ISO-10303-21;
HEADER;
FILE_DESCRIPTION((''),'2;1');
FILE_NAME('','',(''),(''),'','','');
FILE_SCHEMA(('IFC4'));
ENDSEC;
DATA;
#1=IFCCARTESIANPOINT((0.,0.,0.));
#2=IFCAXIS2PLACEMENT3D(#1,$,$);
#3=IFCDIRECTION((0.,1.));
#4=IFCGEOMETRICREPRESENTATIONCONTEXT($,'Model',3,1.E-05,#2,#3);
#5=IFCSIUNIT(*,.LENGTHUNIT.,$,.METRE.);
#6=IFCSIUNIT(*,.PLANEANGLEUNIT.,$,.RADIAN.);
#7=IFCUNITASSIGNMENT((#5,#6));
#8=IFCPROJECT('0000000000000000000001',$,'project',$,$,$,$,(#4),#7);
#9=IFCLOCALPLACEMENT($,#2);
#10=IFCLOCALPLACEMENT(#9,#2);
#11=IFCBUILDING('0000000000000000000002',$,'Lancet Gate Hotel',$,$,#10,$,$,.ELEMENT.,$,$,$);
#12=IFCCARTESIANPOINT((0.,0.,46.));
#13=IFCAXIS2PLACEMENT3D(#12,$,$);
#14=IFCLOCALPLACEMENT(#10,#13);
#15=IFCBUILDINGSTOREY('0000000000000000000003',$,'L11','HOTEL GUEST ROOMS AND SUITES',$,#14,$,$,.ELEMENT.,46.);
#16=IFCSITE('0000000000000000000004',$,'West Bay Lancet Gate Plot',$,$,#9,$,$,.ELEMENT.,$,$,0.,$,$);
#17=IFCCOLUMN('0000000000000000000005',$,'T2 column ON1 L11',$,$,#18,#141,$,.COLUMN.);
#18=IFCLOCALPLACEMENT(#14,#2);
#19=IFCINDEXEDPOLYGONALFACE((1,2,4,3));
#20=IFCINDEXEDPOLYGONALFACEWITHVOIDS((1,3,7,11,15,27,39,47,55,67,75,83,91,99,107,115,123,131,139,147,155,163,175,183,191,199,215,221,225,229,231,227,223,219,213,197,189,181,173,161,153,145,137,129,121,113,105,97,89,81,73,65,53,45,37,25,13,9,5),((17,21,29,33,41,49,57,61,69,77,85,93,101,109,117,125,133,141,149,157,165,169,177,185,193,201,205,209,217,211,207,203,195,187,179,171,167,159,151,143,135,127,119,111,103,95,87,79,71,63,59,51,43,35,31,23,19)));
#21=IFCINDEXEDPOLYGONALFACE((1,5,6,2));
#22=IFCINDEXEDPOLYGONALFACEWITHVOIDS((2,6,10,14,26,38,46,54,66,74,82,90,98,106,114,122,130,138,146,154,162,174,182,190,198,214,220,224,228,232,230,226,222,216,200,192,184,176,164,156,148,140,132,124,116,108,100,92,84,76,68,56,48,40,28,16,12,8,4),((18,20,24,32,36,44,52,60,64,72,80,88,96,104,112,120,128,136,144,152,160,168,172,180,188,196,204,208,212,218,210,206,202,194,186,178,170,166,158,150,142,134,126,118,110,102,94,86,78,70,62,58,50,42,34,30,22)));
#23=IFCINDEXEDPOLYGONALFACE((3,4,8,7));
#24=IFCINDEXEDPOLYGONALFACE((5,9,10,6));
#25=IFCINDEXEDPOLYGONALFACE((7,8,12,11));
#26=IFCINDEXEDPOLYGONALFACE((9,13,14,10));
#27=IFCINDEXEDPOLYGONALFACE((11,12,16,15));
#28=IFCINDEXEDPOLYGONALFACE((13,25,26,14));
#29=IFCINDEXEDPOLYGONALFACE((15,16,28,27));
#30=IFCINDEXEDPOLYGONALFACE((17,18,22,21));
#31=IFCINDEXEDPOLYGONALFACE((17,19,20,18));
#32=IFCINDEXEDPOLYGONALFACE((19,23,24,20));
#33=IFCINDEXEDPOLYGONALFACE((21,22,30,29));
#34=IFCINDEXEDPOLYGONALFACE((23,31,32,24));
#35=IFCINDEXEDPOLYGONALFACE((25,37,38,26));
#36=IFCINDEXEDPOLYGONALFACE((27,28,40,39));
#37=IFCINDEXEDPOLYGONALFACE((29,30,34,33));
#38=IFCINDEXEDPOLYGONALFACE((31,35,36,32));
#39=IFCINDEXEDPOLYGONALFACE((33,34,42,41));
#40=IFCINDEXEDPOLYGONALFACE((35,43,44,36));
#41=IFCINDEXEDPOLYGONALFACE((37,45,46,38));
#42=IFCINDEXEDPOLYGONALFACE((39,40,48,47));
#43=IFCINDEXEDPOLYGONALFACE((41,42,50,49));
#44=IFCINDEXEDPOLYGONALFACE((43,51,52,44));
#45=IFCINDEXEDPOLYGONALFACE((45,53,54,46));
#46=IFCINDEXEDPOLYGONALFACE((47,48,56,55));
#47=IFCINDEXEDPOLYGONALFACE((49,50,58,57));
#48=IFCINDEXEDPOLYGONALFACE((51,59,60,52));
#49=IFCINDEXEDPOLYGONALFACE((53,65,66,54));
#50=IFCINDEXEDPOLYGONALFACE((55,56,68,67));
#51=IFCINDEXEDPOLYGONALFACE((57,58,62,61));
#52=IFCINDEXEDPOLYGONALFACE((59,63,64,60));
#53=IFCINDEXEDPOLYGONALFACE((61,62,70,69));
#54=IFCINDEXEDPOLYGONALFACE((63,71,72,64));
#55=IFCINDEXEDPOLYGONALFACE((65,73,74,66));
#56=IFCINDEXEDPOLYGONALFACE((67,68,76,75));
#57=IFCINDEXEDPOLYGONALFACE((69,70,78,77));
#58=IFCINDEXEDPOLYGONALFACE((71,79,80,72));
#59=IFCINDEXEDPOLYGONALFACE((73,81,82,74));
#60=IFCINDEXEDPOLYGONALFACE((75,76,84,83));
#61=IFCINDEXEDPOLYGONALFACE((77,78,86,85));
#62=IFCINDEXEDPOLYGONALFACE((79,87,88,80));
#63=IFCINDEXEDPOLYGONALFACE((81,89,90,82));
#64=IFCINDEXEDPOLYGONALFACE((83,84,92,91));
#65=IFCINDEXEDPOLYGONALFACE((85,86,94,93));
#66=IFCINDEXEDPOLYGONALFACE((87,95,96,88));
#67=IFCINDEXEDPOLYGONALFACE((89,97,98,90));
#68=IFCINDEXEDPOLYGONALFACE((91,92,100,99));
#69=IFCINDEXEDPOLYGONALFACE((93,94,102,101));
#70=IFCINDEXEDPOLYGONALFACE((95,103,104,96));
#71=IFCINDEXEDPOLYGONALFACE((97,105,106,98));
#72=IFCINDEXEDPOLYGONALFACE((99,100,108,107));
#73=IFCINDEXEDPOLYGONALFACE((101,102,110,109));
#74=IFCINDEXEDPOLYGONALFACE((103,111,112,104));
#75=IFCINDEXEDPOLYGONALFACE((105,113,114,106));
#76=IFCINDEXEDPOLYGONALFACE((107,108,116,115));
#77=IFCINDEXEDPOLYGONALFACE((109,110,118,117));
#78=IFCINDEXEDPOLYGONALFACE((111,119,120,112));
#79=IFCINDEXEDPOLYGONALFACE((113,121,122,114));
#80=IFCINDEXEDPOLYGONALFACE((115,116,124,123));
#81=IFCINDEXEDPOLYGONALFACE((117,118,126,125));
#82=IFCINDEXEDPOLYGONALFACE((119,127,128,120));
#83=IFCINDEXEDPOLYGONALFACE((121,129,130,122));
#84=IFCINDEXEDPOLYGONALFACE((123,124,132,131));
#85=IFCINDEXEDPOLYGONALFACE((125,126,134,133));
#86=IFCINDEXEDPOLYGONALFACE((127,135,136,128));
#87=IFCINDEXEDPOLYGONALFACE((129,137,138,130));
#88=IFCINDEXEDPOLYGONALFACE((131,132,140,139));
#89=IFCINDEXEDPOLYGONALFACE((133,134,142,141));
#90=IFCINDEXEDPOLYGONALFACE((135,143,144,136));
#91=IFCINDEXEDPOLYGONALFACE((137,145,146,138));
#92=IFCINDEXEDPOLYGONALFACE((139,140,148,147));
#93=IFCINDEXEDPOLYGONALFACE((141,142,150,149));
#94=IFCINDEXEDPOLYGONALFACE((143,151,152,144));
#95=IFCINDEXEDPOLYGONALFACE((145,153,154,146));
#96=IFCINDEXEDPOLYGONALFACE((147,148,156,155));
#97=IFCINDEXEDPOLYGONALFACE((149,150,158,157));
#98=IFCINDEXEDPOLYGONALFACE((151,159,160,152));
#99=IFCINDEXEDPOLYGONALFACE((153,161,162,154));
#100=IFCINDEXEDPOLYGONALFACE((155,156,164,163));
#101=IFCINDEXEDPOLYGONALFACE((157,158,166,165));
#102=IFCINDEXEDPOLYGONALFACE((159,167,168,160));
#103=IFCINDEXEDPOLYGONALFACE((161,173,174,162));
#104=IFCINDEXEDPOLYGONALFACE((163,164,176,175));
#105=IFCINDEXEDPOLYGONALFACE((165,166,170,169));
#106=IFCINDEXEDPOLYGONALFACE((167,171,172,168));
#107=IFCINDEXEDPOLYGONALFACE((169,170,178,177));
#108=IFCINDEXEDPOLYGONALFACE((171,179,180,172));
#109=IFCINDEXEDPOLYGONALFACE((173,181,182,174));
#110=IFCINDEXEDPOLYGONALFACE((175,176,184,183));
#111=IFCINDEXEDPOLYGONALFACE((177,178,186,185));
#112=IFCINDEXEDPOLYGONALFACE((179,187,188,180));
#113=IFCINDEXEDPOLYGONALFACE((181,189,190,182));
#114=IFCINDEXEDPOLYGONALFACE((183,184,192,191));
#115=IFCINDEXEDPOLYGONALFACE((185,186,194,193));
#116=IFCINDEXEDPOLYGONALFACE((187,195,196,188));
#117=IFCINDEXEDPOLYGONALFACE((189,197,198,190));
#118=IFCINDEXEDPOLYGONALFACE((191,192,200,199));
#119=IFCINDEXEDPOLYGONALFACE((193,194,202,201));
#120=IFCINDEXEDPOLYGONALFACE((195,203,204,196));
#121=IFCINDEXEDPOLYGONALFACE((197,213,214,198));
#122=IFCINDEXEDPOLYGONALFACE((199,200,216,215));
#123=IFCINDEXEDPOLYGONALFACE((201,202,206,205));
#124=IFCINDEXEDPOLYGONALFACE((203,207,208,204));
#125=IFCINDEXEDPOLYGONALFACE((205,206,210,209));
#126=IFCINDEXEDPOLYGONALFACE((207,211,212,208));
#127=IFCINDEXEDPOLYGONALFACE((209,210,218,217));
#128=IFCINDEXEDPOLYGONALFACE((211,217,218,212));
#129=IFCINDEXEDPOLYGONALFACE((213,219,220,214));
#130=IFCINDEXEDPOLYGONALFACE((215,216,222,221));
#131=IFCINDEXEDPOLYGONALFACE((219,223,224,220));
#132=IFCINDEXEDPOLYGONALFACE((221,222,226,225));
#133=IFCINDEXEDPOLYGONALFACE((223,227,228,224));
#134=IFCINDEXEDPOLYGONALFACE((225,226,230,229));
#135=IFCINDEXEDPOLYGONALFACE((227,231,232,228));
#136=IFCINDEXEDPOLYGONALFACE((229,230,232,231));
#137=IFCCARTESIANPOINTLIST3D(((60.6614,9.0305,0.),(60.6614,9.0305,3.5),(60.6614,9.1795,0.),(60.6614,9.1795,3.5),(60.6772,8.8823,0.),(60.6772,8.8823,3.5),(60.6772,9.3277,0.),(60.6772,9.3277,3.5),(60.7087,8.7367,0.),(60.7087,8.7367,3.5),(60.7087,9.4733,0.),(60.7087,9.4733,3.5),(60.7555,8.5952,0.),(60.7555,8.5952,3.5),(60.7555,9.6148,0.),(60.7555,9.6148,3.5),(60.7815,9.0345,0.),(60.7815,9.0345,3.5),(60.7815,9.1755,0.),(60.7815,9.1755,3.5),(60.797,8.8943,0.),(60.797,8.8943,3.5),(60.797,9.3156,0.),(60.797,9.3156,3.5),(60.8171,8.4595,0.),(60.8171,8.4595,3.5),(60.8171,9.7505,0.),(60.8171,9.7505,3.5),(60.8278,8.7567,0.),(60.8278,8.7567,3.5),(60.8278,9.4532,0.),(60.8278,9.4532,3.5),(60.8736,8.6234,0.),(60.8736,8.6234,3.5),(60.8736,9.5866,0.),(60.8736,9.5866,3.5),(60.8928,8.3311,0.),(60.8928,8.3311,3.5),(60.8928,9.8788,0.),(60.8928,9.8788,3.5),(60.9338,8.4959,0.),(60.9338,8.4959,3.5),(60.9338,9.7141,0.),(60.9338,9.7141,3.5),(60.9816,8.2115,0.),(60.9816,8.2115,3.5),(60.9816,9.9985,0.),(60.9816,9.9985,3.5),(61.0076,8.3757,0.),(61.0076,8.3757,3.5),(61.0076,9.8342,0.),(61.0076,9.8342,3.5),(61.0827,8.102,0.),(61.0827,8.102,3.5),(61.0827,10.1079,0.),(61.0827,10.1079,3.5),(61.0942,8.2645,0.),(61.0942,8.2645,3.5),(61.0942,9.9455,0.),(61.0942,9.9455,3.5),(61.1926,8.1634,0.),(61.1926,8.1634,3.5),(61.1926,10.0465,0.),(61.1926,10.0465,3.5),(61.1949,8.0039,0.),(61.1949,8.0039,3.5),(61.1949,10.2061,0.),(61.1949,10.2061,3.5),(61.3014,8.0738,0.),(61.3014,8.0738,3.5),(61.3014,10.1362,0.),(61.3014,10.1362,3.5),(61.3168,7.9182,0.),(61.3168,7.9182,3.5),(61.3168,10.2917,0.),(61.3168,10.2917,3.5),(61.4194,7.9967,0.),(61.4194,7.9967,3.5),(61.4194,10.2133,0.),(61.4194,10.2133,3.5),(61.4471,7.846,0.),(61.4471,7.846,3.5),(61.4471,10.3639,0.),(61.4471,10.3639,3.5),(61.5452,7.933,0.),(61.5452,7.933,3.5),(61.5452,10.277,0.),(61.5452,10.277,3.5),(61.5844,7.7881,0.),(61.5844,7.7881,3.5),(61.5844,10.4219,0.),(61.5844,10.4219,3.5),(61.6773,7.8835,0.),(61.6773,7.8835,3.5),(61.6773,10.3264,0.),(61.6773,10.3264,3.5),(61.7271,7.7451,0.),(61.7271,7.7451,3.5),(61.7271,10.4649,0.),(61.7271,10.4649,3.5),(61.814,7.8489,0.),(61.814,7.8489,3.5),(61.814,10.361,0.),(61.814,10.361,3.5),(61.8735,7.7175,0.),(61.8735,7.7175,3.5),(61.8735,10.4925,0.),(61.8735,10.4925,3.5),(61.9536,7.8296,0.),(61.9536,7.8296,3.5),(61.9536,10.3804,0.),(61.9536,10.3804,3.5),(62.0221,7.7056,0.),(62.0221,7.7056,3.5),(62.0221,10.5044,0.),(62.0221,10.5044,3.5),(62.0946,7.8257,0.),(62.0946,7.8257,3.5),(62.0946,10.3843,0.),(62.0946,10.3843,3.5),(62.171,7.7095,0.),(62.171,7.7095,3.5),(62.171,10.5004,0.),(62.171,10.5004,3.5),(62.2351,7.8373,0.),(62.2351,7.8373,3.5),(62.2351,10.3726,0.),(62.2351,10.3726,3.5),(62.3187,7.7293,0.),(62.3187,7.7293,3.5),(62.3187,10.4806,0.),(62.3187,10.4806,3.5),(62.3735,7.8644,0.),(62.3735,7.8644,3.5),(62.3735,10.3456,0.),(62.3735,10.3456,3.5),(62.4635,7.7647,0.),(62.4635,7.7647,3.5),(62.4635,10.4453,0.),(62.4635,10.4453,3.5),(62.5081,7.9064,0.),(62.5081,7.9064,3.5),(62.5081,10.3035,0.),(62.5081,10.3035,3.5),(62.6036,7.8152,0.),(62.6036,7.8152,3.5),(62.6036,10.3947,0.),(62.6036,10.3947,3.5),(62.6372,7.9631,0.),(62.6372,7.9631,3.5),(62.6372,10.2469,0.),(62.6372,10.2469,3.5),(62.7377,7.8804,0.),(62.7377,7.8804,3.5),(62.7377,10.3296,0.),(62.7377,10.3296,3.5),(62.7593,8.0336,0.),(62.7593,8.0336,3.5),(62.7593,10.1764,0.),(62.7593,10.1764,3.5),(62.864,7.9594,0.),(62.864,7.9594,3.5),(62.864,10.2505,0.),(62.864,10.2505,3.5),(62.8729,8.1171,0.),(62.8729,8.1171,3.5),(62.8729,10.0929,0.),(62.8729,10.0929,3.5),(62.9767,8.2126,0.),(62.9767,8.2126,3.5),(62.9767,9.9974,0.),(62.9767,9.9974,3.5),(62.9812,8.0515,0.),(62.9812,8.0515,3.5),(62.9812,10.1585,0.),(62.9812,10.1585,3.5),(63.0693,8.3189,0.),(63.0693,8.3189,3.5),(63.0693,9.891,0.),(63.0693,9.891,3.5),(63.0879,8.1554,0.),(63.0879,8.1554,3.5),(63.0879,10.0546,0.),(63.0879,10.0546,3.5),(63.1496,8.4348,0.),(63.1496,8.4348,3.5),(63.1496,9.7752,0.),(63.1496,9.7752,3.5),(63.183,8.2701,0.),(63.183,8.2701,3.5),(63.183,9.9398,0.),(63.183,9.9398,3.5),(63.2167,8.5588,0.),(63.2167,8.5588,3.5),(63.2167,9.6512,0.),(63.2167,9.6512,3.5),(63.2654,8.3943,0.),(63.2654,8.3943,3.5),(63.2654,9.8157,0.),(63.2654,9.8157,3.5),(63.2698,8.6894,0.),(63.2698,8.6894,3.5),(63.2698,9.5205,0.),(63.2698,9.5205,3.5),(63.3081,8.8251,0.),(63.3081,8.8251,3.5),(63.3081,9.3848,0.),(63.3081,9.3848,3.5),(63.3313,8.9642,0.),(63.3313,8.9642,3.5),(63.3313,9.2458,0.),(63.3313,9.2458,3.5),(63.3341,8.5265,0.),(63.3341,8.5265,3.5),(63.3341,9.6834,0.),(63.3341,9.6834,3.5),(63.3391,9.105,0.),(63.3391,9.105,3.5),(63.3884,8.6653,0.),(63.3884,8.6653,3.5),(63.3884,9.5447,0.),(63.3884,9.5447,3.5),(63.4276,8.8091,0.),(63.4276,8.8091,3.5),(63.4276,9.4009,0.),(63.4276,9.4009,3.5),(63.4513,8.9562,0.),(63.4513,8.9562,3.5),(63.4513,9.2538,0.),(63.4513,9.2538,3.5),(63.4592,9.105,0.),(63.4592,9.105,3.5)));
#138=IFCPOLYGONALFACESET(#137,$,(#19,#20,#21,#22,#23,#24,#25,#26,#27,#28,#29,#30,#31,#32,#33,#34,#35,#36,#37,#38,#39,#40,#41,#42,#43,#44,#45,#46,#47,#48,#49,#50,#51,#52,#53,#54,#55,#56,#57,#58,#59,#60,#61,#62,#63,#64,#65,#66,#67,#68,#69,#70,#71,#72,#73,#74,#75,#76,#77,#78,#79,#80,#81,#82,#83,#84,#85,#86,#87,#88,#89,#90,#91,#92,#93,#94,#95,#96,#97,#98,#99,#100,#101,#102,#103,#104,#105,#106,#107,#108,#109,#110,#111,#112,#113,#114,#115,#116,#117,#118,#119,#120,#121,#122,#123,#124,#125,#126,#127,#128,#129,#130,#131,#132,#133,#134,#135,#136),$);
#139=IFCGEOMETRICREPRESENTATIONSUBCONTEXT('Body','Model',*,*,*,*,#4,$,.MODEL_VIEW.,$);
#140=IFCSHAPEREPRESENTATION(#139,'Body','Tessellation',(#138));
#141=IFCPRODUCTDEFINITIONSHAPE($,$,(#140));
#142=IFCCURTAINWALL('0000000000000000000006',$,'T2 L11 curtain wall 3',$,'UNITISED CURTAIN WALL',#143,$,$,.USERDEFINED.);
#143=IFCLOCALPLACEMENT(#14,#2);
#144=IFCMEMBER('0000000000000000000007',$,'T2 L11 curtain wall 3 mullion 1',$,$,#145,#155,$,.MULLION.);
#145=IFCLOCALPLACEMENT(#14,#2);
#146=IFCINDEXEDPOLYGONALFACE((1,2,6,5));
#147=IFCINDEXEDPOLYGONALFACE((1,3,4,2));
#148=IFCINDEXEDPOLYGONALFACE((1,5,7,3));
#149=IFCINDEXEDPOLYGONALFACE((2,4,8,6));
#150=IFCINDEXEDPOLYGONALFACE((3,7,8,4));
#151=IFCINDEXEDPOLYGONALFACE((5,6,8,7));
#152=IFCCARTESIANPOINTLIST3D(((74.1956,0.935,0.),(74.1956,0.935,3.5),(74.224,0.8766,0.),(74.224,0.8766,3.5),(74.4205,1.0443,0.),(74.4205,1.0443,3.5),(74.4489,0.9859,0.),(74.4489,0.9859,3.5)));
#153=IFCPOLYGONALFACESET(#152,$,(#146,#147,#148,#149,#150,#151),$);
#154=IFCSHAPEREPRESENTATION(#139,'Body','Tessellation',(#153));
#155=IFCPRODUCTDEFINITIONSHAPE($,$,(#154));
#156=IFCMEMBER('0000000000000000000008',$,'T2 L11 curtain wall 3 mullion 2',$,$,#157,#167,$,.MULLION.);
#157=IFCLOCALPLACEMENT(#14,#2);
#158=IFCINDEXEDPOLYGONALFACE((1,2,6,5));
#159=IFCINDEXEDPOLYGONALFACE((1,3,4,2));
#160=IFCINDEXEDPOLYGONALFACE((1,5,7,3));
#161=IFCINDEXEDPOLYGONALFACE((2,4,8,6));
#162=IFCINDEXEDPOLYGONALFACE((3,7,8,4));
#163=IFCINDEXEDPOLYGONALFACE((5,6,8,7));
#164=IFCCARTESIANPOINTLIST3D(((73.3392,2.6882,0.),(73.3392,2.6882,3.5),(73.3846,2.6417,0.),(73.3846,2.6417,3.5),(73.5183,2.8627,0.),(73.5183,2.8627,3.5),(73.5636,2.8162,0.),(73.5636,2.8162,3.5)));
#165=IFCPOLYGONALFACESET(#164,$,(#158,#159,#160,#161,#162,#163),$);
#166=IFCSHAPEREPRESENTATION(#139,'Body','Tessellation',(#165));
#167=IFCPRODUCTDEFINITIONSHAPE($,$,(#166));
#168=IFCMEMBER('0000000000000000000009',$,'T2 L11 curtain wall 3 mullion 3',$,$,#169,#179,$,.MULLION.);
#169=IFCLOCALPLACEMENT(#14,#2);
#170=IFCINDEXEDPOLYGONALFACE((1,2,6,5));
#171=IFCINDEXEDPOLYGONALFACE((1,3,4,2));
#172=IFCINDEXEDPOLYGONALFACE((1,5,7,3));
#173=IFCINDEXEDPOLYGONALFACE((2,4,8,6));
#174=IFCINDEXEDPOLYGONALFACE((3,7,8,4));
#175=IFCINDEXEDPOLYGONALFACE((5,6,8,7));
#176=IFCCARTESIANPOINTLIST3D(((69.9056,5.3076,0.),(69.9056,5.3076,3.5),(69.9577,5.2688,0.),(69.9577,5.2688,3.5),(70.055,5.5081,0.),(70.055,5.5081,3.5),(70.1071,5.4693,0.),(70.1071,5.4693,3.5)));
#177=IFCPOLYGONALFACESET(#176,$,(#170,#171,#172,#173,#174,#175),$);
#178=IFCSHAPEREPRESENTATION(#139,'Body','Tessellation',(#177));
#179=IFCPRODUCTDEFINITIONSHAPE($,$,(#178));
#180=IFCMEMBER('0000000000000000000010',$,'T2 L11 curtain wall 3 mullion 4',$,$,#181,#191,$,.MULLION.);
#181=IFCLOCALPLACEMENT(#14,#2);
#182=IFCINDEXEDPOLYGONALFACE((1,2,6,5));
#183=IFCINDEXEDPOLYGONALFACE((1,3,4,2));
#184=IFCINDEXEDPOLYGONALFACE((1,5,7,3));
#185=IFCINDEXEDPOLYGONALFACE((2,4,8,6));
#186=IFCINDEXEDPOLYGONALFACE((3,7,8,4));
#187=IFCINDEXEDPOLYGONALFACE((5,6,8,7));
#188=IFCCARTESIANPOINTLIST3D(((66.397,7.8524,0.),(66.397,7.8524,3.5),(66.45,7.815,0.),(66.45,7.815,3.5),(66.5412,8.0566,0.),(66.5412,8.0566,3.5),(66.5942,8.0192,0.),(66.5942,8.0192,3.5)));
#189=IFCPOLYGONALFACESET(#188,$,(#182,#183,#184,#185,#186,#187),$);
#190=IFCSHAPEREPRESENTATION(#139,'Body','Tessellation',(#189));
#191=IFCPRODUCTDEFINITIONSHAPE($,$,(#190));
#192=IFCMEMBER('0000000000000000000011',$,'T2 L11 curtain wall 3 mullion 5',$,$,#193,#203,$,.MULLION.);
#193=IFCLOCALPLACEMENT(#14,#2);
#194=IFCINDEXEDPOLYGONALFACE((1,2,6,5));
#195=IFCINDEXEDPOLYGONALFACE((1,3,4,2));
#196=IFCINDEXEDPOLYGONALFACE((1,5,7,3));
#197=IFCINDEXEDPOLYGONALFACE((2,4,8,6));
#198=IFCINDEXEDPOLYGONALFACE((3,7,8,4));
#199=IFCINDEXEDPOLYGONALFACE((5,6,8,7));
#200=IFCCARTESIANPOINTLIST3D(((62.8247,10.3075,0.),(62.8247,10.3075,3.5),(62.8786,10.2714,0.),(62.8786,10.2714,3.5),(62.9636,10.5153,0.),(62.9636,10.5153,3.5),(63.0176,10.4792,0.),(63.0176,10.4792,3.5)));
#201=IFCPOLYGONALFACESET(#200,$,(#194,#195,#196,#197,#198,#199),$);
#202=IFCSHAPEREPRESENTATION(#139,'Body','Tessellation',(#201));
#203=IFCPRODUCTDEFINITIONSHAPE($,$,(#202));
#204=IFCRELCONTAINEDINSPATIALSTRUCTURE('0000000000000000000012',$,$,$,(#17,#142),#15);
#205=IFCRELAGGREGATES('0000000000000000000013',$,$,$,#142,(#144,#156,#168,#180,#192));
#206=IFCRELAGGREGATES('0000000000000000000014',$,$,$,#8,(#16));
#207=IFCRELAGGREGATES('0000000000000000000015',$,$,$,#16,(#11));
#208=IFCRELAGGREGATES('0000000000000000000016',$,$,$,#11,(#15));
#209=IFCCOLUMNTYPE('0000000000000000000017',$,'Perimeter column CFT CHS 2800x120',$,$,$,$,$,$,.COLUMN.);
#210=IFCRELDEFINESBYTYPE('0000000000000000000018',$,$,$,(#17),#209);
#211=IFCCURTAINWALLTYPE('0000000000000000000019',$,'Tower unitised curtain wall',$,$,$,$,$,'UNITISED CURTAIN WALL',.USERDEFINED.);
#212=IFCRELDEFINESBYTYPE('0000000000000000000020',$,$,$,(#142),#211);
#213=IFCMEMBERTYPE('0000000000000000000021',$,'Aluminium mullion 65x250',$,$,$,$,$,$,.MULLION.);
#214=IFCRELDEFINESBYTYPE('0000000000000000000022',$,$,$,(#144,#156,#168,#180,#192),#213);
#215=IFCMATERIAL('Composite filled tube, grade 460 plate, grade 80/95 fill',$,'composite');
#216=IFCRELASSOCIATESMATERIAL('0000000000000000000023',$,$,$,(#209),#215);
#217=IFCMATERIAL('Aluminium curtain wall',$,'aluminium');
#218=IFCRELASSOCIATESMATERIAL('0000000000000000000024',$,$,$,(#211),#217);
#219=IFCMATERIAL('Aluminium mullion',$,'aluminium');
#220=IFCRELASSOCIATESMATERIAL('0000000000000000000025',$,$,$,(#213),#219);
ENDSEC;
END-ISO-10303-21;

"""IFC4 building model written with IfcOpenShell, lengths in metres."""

from ifc_helpers import new_model, si_unit, direction, frame, origin, origin_2d, place, context, subcontext, project, spatial, rectangle, hollow_circle, extrude, material, material_profile, profile_set, type_object, element, aggregate, save


model = new_model("IFC4")

# Units and contexts
model_context = context("Model", 3, precision=1e-05, world=origin(), true_north=direction((0.0, 1.0)))
body_context = subcontext(model_context, "Body", "Model", "MODEL_VIEW")
ifc_project = project(units=[si_unit("LENGTHUNIT", "METRE"), si_unit("PLANEANGLEUNIT", "RADIAN")], contexts=[model_context])

# Site, building, storey
site_placement = place(None, origin())
site = spatial("IfcSite", under=ifc_project, at=site_placement, Name="West Bay Lancet Gate Plot", CompositionType="ELEMENT", RefElevation=0.0)
building_placement = place(site_placement, origin())
building = spatial("IfcBuilding", under=site, at=building_placement, Name="Lancet Gate Hotel", CompositionType="ELEMENT")
storey_placement = place(building_placement, frame((0.0, 0.0, 46.0)))
storey = spatial("IfcBuildingStorey", under=building, at=storey_placement, Name="L11", Description="HOTEL GUEST ROOMS AND SUITES", CompositionType="ELEMENT", Elevation=46.0)

# Column
ifc_material_1 = material(Name="Composite filled tube, grade 460 plate, grade 80/95 fill", Category="composite")
ifc_material_profile_1 = material_profile(ifc_material_1, hollow_circle(Radius=1.3999, WallThickness=0.1201, at=origin_2d()), Name="CHS 2800x120")
ifc_profile_set_1 = profile_set([ifc_material_profile_1], Name="Composite filled tube, grade 460 plate, grade 80/95 fill")
column_type_1 = type_object("IfcColumnType", Name="Perimeter column CFT CHS 2800x120", PredefinedType="COLUMN", material=ifc_profile_set_1)
column_1_placement = place(storey_placement, frame((62.0593, 9.105, 0.0), z_axis=(0.0, 0.0, 1.0), x_axis=(1.0, 0.0, 0.0)))
element("IfcColumn", 1, at=column_1_placement, inside=storey, type_object=column_type_1, Name="T2 column ON1 L11", PredefinedType="COLUMN", context=body_context, shape_type="SweptSolid", body=[
    extrude(hollow_circle(Radius=1.3999, WallThickness=0.1201, at=origin_2d()), origin(), (0.0, 0.0, 1.0), 3.5),
])

# Curtain wall, members
ifc_material_2 = material(Name="Aluminium curtain wall", Category="aluminium")
curtain_wall_type = type_object("IfcCurtainWallType", Name="Tower unitised curtain wall", ElementType="UNITISED CURTAIN WALL", PredefinedType="USERDEFINED", material=ifc_material_2)
curtain_wall_placement = place(storey_placement, origin())
curtain_wall = element("IfcCurtainWall", 2, at=curtain_wall_placement, inside=storey, type_object=curtain_wall_type, Name="T2 L11 curtain wall 3", ObjectType="UNITISED CURTAIN WALL", PredefinedType="USERDEFINED")
ifc_material_3 = material(Name="Aluminium mullion", Category="aluminium")
ifc_material_profile_2 = material_profile(ifc_material_3, rectangle(XDim=0.0649, YDim=0.25, at=origin_2d()), Name="MULLION 65x250")
ifc_profile_set_2 = profile_set([ifc_material_profile_2], Name="Aluminium mullion")
member_type_1 = type_object("IfcMemberType", Name="Aluminium mullion 65x250", PredefinedType="MULLION", material=ifc_profile_set_2)
member_1_placement = place(storey_placement, frame((74.3223, 0.9604, 0.0), z_axis=(0.0, 0.0, 1.0), x_axis=(-0.437169, 0.899379, 0.0)))
member_1 = element("IfcMember", 3, at=member_1_placement, type_object=member_type_1, Name="T2 L11 curtain wall 3 mullion 1", PredefinedType="MULLION", context=body_context, shape_type="SweptSolid", body=[
    extrude(rectangle(XDim=0.0649, YDim=0.25, at=origin_2d()), origin(), (0.0, 0.0, 1.0), 3.5),
])
member_2_placement = place(storey_placement, frame((73.4514, 2.7522, 0.0), z_axis=(0.0, 0.0, 1.0), x_axis=(-0.697983, 0.716114, 0.0)))
member_2 = element("IfcMember", 4, at=member_2_placement, type_object=member_type_1, Name="T2 L11 curtain wall 3 mullion 2", PredefinedType="MULLION", context=body_context, shape_type="SweptSolid", body=[
    extrude(rectangle(XDim=0.0649, YDim=0.25, at=origin_2d()), origin(), (0.0, 0.0, 1.0), 3.5),
])
member_3_placement = place(storey_placement, frame((70.0063, 5.3884, 0.0), z_axis=(0.0, 0.0, 1.0), x_axis=(-0.80183, 0.597552, 0.0)))
member_3 = element("IfcMember", 5, at=member_3_placement, type_object=member_type_1, Name="T2 L11 curtain wall 3 mullion 3", PredefinedType="MULLION", context=body_context, shape_type="SweptSolid", body=[
    extrude(rectangle(XDim=0.0649, YDim=0.25, at=origin_2d()), origin(), (0.0, 0.0, 1.0), 3.5),
])
member_4_placement = place(storey_placement, frame((66.4956, 7.9358, 0.0), z_axis=(0.0, 0.0, 1.0), x_axis=(-0.816779, 0.576951, 0.0)))
member_4 = element("IfcMember", 6, at=member_4_placement, type_object=member_type_1, Name="T2 L11 curtain wall 3 mullion 4", PredefinedType="MULLION", context=body_context, shape_type="SweptSolid", body=[
    extrude(rectangle(XDim=0.0649, YDim=0.25, at=origin_2d()), origin(), (0.0, 0.0, 1.0), 3.5),
])
member_5_placement = place(storey_placement, frame((62.9211, 10.3933, 0.0), z_axis=(0.0, 0.0, 1.0), x_axis=(-0.831198, 0.555976, 0.0)))
member_5 = element("IfcMember", 7, at=member_5_placement, type_object=member_type_1, Name="T2 L11 curtain wall 3 mullion 5", PredefinedType="MULLION", context=body_context, shape_type="SweptSolid", body=[
    extrude(rectangle(XDim=0.0649, YDim=0.25, at=origin_2d()), origin(), (0.0, 0.0, 1.0), 3.5),
])

aggregate(curtain_wall, [member_1, member_2, member_3, member_4, member_5])

save(model, "model.ifc")
